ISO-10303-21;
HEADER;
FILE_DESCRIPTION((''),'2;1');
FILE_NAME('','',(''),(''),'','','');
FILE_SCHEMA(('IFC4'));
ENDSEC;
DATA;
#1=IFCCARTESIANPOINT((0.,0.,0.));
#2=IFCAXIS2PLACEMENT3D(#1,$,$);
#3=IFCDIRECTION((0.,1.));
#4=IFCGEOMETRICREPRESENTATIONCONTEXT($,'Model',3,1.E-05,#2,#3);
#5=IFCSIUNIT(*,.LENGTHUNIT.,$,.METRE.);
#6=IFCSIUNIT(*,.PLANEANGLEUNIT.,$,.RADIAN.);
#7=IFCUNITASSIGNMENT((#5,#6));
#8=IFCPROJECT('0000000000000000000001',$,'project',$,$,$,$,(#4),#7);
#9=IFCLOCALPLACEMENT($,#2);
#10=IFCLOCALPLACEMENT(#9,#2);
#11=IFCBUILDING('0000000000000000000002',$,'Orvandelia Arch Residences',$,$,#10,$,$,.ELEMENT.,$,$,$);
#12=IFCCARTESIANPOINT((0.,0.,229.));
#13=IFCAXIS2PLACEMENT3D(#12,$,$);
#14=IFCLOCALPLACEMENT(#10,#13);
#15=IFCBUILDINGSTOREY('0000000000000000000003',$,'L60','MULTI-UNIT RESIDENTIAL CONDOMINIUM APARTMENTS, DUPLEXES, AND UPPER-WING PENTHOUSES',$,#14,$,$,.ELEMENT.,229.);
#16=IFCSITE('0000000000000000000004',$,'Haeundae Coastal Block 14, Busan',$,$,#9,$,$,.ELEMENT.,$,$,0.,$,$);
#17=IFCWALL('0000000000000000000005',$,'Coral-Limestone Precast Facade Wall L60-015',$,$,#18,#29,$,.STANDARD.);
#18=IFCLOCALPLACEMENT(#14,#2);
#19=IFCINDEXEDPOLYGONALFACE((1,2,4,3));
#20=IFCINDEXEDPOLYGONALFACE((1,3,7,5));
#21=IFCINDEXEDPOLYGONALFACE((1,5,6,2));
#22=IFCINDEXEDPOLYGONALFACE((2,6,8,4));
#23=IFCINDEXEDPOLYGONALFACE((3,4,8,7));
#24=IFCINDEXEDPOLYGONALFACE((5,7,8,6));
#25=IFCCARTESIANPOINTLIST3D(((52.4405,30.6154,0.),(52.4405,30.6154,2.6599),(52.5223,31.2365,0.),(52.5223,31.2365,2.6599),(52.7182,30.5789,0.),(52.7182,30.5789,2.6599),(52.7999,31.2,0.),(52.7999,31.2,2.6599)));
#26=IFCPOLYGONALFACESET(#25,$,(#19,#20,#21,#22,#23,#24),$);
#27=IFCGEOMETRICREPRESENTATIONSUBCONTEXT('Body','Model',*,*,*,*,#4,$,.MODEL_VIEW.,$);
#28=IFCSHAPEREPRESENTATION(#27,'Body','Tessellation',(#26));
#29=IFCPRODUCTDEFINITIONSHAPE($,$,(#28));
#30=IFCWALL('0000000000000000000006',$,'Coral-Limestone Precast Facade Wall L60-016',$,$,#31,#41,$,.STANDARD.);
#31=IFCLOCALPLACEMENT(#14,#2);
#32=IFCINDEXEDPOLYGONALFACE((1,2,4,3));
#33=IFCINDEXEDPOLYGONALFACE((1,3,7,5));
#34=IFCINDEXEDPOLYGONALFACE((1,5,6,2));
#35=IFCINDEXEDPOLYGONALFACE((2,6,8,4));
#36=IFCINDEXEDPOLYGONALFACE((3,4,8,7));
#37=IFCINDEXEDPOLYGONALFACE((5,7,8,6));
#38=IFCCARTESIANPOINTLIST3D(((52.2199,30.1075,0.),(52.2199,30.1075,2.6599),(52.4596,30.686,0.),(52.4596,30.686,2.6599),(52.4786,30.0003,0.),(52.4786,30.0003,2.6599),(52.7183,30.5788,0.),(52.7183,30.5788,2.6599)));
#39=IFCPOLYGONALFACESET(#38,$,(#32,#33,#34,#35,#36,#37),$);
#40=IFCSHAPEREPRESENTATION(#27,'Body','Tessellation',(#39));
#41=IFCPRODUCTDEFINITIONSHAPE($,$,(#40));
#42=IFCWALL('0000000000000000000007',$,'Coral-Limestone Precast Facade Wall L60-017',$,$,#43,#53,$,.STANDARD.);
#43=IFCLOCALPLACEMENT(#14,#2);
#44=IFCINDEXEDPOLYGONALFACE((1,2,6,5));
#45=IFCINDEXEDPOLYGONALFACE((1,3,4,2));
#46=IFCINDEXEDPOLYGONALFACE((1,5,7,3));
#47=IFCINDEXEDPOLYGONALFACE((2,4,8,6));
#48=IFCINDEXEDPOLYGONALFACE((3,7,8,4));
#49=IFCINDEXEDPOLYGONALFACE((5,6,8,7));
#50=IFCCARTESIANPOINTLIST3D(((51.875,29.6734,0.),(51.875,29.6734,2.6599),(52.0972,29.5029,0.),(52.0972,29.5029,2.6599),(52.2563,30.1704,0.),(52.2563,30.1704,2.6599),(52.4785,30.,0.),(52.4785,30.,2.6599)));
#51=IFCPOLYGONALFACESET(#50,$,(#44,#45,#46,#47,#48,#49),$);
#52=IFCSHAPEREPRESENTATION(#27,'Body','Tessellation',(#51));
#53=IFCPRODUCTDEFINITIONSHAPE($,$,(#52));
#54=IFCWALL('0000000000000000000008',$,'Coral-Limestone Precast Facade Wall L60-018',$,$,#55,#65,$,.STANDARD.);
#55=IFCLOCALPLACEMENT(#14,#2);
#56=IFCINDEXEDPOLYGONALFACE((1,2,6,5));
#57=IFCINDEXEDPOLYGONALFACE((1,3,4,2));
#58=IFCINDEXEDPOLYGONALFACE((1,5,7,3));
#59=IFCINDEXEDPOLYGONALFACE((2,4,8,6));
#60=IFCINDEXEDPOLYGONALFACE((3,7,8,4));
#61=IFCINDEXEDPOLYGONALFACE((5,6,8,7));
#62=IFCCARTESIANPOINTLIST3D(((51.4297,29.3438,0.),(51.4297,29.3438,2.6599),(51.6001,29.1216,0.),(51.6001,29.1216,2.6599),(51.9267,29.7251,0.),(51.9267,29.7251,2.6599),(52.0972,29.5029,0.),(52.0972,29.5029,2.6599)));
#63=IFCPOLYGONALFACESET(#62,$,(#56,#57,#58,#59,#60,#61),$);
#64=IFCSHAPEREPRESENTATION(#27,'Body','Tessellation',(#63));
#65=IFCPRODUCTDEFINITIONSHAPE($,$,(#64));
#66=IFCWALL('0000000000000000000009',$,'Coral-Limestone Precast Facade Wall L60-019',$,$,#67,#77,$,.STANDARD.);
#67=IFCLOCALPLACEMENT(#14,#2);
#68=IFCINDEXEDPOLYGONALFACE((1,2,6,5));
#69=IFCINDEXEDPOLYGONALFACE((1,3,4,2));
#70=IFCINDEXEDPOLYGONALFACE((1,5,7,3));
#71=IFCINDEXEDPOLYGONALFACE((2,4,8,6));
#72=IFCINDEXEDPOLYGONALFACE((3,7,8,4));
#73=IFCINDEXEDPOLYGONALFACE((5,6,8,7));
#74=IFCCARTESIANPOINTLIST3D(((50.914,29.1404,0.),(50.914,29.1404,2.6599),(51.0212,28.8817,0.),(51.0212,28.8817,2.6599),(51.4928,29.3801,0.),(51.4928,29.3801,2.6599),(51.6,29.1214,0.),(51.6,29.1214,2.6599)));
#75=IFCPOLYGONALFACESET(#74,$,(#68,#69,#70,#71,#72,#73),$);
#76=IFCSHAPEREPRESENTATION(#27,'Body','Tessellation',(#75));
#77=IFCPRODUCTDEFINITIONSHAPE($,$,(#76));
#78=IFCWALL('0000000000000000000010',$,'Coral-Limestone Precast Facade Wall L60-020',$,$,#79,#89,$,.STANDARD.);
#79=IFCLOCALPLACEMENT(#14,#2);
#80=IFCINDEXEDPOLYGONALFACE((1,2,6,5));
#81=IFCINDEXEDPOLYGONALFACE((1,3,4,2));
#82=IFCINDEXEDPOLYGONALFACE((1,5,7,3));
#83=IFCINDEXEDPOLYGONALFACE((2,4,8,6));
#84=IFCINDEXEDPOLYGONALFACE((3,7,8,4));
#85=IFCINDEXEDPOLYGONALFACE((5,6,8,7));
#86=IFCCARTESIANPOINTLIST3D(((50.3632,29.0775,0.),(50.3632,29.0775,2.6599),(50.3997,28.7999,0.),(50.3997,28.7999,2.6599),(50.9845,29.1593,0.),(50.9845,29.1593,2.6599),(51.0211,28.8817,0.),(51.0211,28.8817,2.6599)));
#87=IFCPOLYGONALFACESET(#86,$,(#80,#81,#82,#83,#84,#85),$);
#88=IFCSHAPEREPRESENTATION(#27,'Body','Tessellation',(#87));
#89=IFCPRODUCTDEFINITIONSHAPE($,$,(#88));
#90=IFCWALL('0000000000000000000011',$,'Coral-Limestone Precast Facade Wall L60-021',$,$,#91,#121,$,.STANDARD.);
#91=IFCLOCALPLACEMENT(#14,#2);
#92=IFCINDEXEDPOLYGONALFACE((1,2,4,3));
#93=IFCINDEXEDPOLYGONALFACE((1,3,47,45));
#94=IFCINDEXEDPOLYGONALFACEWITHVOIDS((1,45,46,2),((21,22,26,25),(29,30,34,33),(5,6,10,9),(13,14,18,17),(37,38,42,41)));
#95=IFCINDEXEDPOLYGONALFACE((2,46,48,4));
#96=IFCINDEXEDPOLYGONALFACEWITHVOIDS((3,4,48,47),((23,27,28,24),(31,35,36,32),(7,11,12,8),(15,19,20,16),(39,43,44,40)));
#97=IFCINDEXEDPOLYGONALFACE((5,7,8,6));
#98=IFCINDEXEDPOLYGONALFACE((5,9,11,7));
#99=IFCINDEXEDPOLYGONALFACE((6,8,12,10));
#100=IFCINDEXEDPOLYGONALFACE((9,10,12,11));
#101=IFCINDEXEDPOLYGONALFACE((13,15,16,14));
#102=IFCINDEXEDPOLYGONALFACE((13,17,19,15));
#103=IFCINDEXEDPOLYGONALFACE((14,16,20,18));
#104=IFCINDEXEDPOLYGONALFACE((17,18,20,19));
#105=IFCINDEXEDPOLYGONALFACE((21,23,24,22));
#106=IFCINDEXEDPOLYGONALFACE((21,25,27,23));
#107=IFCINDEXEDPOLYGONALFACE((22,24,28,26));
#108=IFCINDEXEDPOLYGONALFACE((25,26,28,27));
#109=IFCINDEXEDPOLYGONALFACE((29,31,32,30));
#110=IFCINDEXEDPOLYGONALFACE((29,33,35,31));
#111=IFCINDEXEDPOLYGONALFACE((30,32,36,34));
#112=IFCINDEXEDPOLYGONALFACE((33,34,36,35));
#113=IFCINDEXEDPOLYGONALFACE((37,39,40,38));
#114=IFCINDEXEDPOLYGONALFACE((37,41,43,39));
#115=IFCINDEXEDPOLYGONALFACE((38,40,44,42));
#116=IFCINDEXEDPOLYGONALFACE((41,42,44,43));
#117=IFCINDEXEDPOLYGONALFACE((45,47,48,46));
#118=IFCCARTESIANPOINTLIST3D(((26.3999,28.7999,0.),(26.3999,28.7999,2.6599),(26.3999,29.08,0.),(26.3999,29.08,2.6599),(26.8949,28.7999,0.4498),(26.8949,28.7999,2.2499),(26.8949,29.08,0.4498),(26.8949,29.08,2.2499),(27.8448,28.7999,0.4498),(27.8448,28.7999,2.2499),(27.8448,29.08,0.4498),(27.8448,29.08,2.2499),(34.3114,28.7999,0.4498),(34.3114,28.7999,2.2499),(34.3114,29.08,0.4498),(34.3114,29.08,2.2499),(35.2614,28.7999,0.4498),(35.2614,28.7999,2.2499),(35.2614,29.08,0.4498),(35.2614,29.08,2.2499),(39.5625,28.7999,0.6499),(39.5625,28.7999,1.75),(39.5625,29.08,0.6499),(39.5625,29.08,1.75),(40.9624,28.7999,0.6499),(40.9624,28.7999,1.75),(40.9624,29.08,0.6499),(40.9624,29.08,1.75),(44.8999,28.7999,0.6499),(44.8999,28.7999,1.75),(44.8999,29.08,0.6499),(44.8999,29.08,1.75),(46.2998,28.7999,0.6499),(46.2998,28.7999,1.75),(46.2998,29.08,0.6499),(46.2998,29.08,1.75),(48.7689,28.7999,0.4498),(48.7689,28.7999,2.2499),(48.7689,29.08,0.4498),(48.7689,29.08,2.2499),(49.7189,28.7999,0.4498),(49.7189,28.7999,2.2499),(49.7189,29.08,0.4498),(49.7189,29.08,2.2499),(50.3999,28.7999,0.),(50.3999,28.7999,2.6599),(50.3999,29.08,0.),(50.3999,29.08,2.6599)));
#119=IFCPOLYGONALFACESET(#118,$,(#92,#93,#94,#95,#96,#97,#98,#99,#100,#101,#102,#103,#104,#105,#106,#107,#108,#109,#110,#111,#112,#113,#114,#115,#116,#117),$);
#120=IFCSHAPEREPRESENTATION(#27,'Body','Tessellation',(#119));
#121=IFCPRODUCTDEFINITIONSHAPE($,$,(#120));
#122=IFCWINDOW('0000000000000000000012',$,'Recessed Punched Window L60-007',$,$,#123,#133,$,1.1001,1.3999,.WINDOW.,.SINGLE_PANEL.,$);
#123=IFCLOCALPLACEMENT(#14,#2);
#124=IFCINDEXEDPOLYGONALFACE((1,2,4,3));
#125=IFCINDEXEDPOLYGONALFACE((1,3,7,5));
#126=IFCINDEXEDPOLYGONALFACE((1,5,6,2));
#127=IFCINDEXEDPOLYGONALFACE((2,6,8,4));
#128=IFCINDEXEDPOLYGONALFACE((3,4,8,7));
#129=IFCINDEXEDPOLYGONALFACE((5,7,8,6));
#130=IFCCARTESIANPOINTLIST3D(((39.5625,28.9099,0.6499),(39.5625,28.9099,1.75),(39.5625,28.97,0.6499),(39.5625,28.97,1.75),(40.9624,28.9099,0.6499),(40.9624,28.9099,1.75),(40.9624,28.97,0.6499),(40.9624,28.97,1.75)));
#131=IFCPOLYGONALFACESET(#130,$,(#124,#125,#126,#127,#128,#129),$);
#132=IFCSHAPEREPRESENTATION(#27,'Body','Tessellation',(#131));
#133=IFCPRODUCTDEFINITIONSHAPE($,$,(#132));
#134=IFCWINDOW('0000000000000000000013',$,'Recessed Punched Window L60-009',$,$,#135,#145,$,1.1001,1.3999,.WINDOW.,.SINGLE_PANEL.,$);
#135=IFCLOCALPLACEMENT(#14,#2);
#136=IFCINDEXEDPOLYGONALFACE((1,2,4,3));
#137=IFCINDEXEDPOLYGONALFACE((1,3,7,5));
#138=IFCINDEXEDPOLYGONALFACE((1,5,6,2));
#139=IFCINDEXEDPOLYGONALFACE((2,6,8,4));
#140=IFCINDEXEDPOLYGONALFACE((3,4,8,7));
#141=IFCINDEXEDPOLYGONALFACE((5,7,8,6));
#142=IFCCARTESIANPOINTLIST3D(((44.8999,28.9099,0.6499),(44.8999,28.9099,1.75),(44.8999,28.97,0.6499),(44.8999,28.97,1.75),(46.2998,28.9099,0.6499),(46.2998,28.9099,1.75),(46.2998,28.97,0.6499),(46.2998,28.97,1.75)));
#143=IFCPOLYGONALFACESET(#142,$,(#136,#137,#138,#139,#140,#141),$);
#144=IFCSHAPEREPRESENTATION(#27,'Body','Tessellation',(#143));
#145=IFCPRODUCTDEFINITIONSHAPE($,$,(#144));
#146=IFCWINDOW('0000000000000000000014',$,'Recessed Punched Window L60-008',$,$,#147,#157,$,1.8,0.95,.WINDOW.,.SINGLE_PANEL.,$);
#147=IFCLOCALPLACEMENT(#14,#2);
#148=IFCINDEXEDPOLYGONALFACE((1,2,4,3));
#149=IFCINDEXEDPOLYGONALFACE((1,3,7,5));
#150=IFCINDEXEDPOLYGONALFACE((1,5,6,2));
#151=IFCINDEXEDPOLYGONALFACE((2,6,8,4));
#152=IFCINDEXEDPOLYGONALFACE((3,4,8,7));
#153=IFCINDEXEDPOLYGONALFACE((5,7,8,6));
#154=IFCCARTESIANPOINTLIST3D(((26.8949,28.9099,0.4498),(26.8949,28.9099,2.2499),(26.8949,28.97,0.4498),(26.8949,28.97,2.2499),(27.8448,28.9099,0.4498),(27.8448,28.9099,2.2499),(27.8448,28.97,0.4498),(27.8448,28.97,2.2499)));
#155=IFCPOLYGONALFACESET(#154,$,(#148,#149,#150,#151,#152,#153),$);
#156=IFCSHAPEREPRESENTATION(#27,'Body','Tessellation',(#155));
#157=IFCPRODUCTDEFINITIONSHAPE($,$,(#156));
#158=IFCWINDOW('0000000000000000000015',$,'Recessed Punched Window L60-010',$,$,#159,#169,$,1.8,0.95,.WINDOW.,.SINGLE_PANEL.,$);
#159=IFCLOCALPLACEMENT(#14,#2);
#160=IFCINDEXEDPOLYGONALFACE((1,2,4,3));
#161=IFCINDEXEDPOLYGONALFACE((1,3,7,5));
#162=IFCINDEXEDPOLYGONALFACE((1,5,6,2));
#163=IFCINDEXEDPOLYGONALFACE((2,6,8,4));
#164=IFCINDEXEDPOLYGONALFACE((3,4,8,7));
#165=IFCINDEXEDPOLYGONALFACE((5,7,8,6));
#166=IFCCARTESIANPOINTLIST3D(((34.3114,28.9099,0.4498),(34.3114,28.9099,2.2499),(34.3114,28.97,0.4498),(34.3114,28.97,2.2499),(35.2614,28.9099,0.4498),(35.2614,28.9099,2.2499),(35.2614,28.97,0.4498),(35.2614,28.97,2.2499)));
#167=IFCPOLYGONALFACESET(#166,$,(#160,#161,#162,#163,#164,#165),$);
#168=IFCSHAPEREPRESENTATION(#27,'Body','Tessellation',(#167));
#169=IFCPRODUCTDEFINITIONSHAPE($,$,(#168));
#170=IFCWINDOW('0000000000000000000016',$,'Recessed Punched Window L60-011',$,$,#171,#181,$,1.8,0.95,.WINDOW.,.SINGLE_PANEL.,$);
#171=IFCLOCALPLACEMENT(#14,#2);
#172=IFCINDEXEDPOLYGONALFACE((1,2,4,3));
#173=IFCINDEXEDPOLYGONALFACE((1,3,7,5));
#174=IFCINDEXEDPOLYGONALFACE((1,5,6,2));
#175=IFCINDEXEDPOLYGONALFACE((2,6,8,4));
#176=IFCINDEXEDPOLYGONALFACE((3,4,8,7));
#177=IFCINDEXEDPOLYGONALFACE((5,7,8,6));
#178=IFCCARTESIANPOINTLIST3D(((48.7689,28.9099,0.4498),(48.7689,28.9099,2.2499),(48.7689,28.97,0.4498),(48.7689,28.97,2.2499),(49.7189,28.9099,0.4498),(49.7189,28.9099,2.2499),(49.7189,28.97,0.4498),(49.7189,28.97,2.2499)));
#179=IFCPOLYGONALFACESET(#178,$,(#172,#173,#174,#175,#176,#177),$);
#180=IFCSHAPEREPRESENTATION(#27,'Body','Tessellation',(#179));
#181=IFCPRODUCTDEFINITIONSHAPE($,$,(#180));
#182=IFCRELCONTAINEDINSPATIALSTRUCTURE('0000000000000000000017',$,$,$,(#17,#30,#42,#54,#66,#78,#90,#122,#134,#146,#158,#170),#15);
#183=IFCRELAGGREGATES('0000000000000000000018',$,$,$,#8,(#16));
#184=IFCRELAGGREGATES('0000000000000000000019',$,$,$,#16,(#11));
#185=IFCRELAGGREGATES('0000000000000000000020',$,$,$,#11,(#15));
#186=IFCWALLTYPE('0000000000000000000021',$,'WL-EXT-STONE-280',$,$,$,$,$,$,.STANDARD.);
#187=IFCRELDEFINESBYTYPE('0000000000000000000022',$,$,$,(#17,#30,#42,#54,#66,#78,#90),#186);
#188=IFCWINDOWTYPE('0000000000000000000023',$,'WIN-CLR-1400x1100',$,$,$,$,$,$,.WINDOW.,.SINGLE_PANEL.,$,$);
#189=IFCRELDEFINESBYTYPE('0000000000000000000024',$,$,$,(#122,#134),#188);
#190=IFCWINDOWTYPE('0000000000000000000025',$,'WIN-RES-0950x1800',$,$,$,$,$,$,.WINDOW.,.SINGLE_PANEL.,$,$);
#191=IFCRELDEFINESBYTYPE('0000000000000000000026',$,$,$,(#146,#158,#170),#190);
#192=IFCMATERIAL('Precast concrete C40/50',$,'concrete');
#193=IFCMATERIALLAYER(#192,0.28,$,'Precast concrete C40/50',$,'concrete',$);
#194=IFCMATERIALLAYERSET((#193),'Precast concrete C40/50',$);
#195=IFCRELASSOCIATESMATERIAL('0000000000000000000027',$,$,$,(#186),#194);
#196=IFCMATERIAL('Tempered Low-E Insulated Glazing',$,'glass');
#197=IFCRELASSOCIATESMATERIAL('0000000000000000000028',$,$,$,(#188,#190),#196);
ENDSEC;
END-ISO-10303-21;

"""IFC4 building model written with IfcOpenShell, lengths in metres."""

from ifc_helpers import new_model, si_unit, direction, frame, frame_2d, origin, place, context, subcontext, project, spatial, rectangle, extrude, material, layer, layer_set, type_object, element, fill, save


model = new_model("IFC4")

# Units and contexts
model_context = context("Model", 3, precision=1e-05, world=origin(), true_north=direction((0.0, 1.0)))
body_context = subcontext(model_context, "Body", "Model", "MODEL_VIEW")
ifc_project = project(units=[si_unit("LENGTHUNIT", "METRE"), si_unit("PLANEANGLEUNIT", "RADIAN")], contexts=[model_context])

# Site, building, storey
site_placement = place(None, origin())
site = spatial("IfcSite", under=ifc_project, at=site_placement, Name="Haeundae Coastal Block 14, Busan", CompositionType="ELEMENT", RefElevation=0.0)
building_placement = place(site_placement, origin())
building = spatial("IfcBuilding", under=site, at=building_placement, Name="Orvandelia Arch Residences", CompositionType="ELEMENT")
storey_placement = place(building_placement, frame((0.0, 0.0, 229.0)))
storey = spatial("IfcBuildingStorey", under=building, at=storey_placement, Name="L60", Description="MULTI-UNIT RESIDENTIAL CONDOMINIUM APARTMENTS, DUPLEXES, AND UPPER-WING PENTHOUSES", CompositionType="ELEMENT", Elevation=229.0)

# Walls
ifc_material_1 = material(Name="Precast concrete C40/50", Category="concrete")
ifc_layer_1 = layer(ifc_material_1, 0.28, Name="Precast concrete C40/50", Category="concrete")
ifc_layer_set_1 = layer_set([ifc_layer_1], Name="Precast concrete C40/50")
wall_type_1 = type_object("IfcWallType", Name="WL-EXT-STONE-280", PredefinedType="STANDARD", material=ifc_layer_set_1)
wall_1_placement = place(storey_placement, frame((52.6611, 31.2183, 0.0), z_axis=(0.0, 0.0, 1.0), x_axis=(-0.130555, -0.991441, 0.0)))
element("IfcWall", 1, at=wall_1_placement, inside=storey, type_object=wall_type_1, Name="Coral-Limestone Precast Facade Wall L60-015", PredefinedType="STANDARD", context=body_context, shape_type="SweptSolid", body=[
    extrude(rectangle(XDim=0.6265, YDim=0.28, at=frame_2d((0.3132, 0.0))), origin(), (0.0, 0.0, 1.0), 2.6599),
])
wall_2_placement = place(storey_placement, frame((52.5889, 30.6323, 0.0), z_axis=(0.0, 0.0, 1.0), x_axis=(-0.382788, -0.923836, 0.0)))
element("IfcWall", 2, at=wall_2_placement, inside=storey, type_object=wall_type_1, Name="Coral-Limestone Precast Facade Wall L60-016", PredefinedType="STANDARD", context=body_context, shape_type="SweptSolid", body=[
    extrude(rectangle(XDim=0.6262, YDim=0.28, at=frame_2d((0.313, 0.0))), origin(), (0.0, 0.0, 1.0), 2.6599),
])
for number, where, z_axis, x_axis, name in (
    (3, (52.3674, 30.0852, 0.0), (0.0, 0.0, 1.0), (-0.608693, -0.793406, 0.0), "Coral-Limestone Precast Facade Wall L60-017"),
    (4, (52.012, 29.614, 0.0), (0.0, 0.0, 1.0), (-0.793406, -0.608693, 0.0), "Coral-Limestone Precast Facade Wall L60-018"),
    (5, (51.5464, 29.2507, 0.0), (0.0, 0.0, 1.0), (-0.923893, -0.38265, 0.0), "Coral-Limestone Precast Facade Wall L60-019"),
):
    element("IfcWall", number, at=place(storey_placement, frame(where, z_axis=z_axis, x_axis=x_axis)), inside=storey, type_object=wall_type_1, Name=name, PredefinedType="STANDARD", context=body_context, shape_type="SweptSolid", body=[
        extrude(rectangle(XDim=0.6265, YDim=0.28, at=frame_2d((0.3132, 0.0))), origin(), (0.0, 0.0, 1.0), 2.6599),
    ])
wall_3_placement = place(storey_placement, frame((51.0029, 29.0205, 0.0), z_axis=(0.0, 0.0, 1.0), x_axis=(-0.991448, -0.130505, 0.0)))
element("IfcWall", 6, at=wall_3_placement, inside=storey, type_object=wall_type_1, Name="Coral-Limestone Precast Facade Wall L60-020", PredefinedType="STANDARD", context=body_context, shape_type="SweptSolid", body=[
    extrude(rectangle(XDim=0.6267, YDim=0.28, at=frame_2d((0.3135, 0.0))), origin(), (0.0, 0.0, 1.0), 2.6599),
])

# Wall, openings, windows
wall_4_placement = place(storey_placement, frame((50.3999, 28.9399, 0.0), z_axis=(0.0, 0.0, 1.0), x_axis=(-1.0, 0.0, 0.0)))
wall_4 = element("IfcWall", 7, at=wall_4_placement, inside=storey, type_object=wall_type_1, Name="Coral-Limestone Precast Facade Wall L60-021", PredefinedType="STANDARD", context=body_context, shape_type="SweptSolid", body=[
    extrude(rectangle(XDim=24.0, YDim=0.28, at=frame_2d((12.0, 0.0))), origin(), (0.0, 0.0, 1.0), 2.6599),
])
opening_1_placement = place(wall_4_placement, frame((9.4375, 0.0, 0.6499)))
opening_1 = element("IfcOpeningElement", 8, at=opening_1_placement, cuts=wall_4, PredefinedType="OPENING", context=body_context, shape_type="SweptSolid", body=[
    extrude(rectangle(XDim=1.3999, YDim=1.1001, at=frame_2d((0.7, 0.55))), frame((0.0, 0.1499, 0.0), z_axis=(0.0, -1.0, 0.0), x_axis=(1.0, 0.0, 0.0)), (0.0, 0.0, 1.0), 0.3),
])
opening_2_placement = place(wall_4_placement, frame((22.5549, 0.0, 0.45)))
opening_2 = element("IfcOpeningElement", 9, at=opening_2_placement, cuts=wall_4, PredefinedType="OPENING", context=body_context, shape_type="SweptSolid", body=[
    extrude(rectangle(XDim=0.95, YDim=1.8, at=frame_2d((0.4751, 0.8999))), frame((0.0, 0.1499, 0.0), z_axis=(0.0, -1.0, 0.0), x_axis=(1.0, 0.0, 0.0)), (0.0, 0.0, 1.0), 0.3),
])
opening_3_placement = place(wall_4_placement, frame((4.1001, 0.0, 0.6499)))
opening_3 = element("IfcOpeningElement", 10, at=opening_3_placement, cuts=wall_4, PredefinedType="OPENING", context=body_context, shape_type="SweptSolid", body=[
    extrude(rectangle(XDim=1.3999, YDim=1.1001, at=frame_2d((0.7, 0.55))), frame((0.0, 0.1499, 0.0), z_axis=(0.0, -1.0, 0.0), x_axis=(1.0, 0.0, 0.0)), (0.0, 0.0, 1.0), 0.3),
])
opening_4_placement = place(wall_4_placement, frame((15.1384, 0.0, 0.45)))
opening_4 = element("IfcOpeningElement", 11, at=opening_4_placement, cuts=wall_4, PredefinedType="OPENING", context=body_context, shape_type="SweptSolid", body=[
    extrude(rectangle(XDim=0.95, YDim=1.8, at=frame_2d((0.4751, 0.8999))), frame((0.0, 0.1499, 0.0), z_axis=(0.0, -1.0, 0.0), x_axis=(1.0, 0.0, 0.0)), (0.0, 0.0, 1.0), 0.3),
])
opening_5_placement = place(wall_4_placement, frame((0.6809, 0.0, 0.45)))
opening_5 = element("IfcOpeningElement", 12, at=opening_5_placement, cuts=wall_4, PredefinedType="OPENING", context=body_context, shape_type="SweptSolid", body=[
    extrude(rectangle(XDim=0.95, YDim=1.8, at=frame_2d((0.4751, 0.8999))), frame((0.0, 0.1499, 0.0), z_axis=(0.0, -1.0, 0.0), x_axis=(1.0, 0.0, 0.0)), (0.0, 0.0, 1.0), 0.3),
])
ifc_material_2 = material(Name="Tempered Low-E Insulated Glazing", Category="glass")
window_type_1 = type_object("IfcWindowType", Name="WIN-CLR-1400x1100", PartitioningType="SINGLE_PANEL", PredefinedType="WINDOW", material=ifc_material_2)
window_1_placement = place(opening_1_placement, origin())
window_1 = element("IfcWindow", 13, at=window_1_placement, inside=storey, type_object=window_type_1, Name="Recessed Punched Window L60-007", OverallHeight=1.1001, OverallWidth=1.3999, PartitioningType="SINGLE_PANEL", PredefinedType="WINDOW", context=body_context, shape_type="SweptSolid", body=[
    extrude(rectangle(XDim=1.3999, YDim=1.1001, at=frame_2d((0.7, 0.55))), frame((0.0, 0.03, 0.0), z_axis=(0.0, -1.0, 0.0), x_axis=(1.0, 0.0, 0.0)), (0.0, 0.0, 1.0), 0.0601),
])
fill(opening_1, window_1)
window_2_placement = place(opening_3_placement, origin())
window_2 = element("IfcWindow", 14, at=window_2_placement, inside=storey, type_object=window_type_1, Name="Recessed Punched Window L60-009", OverallHeight=1.1001, OverallWidth=1.3999, PartitioningType="SINGLE_PANEL", PredefinedType="WINDOW", context=body_context, shape_type="SweptSolid", body=[
    extrude(rectangle(XDim=1.3999, YDim=1.1001, at=frame_2d((0.7, 0.55))), frame((0.0, 0.03, 0.0), z_axis=(0.0, -1.0, 0.0), x_axis=(1.0, 0.0, 0.0)), (0.0, 0.0, 1.0), 0.0601),
])
fill(opening_3, window_2)
window_type_2 = type_object("IfcWindowType", Name="WIN-RES-0950x1800", PartitioningType="SINGLE_PANEL", PredefinedType="WINDOW", material=ifc_material_2)
window_3_placement = place(opening_2_placement, origin())
window_3 = element("IfcWindow", 15, at=window_3_placement, inside=storey, type_object=window_type_2, Name="Recessed Punched Window L60-008", OverallHeight=1.8, OverallWidth=0.95, PartitioningType="SINGLE_PANEL", PredefinedType="WINDOW", context=body_context, shape_type="SweptSolid", body=[
    extrude(rectangle(XDim=0.95, YDim=1.8, at=frame_2d((0.4751, 0.8999))), frame((0.0, 0.03, 0.0), z_axis=(0.0, -1.0, 0.0), x_axis=(1.0, 0.0, 0.0)), (0.0, 0.0, 1.0), 0.0601),
])
fill(opening_2, window_3)
window_4_placement = place(opening_4_placement, origin())
window_4 = element("IfcWindow", 16, at=window_4_placement, inside=storey, type_object=window_type_2, Name="Recessed Punched Window L60-010", OverallHeight=1.8, OverallWidth=0.95, PartitioningType="SINGLE_PANEL", PredefinedType="WINDOW", context=body_context, shape_type="SweptSolid", body=[
    extrude(rectangle(XDim=0.95, YDim=1.8, at=frame_2d((0.4751, 0.8999))), frame((0.0, 0.03, 0.0), z_axis=(0.0, -1.0, 0.0), x_axis=(1.0, 0.0, 0.0)), (0.0, 0.0, 1.0), 0.0601),
])
fill(opening_4, window_4)
window_5_placement = place(opening_5_placement, origin())
window_5 = element("IfcWindow", 17, at=window_5_placement, inside=storey, type_object=window_type_2, Name="Recessed Punched Window L60-011", OverallHeight=1.8, OverallWidth=0.95, PartitioningType="SINGLE_PANEL", PredefinedType="WINDOW", context=body_context, shape_type="SweptSolid", body=[
    extrude(rectangle(XDim=0.95, YDim=1.8, at=frame_2d((0.4751, 0.8999))), frame((0.0, 0.03, 0.0), z_axis=(0.0, -1.0, 0.0), x_axis=(1.0, 0.0, 0.0)), (0.0, 0.0, 1.0), 0.0601),
])
fill(opening_5, window_5)

save(model, "model.ifc")
